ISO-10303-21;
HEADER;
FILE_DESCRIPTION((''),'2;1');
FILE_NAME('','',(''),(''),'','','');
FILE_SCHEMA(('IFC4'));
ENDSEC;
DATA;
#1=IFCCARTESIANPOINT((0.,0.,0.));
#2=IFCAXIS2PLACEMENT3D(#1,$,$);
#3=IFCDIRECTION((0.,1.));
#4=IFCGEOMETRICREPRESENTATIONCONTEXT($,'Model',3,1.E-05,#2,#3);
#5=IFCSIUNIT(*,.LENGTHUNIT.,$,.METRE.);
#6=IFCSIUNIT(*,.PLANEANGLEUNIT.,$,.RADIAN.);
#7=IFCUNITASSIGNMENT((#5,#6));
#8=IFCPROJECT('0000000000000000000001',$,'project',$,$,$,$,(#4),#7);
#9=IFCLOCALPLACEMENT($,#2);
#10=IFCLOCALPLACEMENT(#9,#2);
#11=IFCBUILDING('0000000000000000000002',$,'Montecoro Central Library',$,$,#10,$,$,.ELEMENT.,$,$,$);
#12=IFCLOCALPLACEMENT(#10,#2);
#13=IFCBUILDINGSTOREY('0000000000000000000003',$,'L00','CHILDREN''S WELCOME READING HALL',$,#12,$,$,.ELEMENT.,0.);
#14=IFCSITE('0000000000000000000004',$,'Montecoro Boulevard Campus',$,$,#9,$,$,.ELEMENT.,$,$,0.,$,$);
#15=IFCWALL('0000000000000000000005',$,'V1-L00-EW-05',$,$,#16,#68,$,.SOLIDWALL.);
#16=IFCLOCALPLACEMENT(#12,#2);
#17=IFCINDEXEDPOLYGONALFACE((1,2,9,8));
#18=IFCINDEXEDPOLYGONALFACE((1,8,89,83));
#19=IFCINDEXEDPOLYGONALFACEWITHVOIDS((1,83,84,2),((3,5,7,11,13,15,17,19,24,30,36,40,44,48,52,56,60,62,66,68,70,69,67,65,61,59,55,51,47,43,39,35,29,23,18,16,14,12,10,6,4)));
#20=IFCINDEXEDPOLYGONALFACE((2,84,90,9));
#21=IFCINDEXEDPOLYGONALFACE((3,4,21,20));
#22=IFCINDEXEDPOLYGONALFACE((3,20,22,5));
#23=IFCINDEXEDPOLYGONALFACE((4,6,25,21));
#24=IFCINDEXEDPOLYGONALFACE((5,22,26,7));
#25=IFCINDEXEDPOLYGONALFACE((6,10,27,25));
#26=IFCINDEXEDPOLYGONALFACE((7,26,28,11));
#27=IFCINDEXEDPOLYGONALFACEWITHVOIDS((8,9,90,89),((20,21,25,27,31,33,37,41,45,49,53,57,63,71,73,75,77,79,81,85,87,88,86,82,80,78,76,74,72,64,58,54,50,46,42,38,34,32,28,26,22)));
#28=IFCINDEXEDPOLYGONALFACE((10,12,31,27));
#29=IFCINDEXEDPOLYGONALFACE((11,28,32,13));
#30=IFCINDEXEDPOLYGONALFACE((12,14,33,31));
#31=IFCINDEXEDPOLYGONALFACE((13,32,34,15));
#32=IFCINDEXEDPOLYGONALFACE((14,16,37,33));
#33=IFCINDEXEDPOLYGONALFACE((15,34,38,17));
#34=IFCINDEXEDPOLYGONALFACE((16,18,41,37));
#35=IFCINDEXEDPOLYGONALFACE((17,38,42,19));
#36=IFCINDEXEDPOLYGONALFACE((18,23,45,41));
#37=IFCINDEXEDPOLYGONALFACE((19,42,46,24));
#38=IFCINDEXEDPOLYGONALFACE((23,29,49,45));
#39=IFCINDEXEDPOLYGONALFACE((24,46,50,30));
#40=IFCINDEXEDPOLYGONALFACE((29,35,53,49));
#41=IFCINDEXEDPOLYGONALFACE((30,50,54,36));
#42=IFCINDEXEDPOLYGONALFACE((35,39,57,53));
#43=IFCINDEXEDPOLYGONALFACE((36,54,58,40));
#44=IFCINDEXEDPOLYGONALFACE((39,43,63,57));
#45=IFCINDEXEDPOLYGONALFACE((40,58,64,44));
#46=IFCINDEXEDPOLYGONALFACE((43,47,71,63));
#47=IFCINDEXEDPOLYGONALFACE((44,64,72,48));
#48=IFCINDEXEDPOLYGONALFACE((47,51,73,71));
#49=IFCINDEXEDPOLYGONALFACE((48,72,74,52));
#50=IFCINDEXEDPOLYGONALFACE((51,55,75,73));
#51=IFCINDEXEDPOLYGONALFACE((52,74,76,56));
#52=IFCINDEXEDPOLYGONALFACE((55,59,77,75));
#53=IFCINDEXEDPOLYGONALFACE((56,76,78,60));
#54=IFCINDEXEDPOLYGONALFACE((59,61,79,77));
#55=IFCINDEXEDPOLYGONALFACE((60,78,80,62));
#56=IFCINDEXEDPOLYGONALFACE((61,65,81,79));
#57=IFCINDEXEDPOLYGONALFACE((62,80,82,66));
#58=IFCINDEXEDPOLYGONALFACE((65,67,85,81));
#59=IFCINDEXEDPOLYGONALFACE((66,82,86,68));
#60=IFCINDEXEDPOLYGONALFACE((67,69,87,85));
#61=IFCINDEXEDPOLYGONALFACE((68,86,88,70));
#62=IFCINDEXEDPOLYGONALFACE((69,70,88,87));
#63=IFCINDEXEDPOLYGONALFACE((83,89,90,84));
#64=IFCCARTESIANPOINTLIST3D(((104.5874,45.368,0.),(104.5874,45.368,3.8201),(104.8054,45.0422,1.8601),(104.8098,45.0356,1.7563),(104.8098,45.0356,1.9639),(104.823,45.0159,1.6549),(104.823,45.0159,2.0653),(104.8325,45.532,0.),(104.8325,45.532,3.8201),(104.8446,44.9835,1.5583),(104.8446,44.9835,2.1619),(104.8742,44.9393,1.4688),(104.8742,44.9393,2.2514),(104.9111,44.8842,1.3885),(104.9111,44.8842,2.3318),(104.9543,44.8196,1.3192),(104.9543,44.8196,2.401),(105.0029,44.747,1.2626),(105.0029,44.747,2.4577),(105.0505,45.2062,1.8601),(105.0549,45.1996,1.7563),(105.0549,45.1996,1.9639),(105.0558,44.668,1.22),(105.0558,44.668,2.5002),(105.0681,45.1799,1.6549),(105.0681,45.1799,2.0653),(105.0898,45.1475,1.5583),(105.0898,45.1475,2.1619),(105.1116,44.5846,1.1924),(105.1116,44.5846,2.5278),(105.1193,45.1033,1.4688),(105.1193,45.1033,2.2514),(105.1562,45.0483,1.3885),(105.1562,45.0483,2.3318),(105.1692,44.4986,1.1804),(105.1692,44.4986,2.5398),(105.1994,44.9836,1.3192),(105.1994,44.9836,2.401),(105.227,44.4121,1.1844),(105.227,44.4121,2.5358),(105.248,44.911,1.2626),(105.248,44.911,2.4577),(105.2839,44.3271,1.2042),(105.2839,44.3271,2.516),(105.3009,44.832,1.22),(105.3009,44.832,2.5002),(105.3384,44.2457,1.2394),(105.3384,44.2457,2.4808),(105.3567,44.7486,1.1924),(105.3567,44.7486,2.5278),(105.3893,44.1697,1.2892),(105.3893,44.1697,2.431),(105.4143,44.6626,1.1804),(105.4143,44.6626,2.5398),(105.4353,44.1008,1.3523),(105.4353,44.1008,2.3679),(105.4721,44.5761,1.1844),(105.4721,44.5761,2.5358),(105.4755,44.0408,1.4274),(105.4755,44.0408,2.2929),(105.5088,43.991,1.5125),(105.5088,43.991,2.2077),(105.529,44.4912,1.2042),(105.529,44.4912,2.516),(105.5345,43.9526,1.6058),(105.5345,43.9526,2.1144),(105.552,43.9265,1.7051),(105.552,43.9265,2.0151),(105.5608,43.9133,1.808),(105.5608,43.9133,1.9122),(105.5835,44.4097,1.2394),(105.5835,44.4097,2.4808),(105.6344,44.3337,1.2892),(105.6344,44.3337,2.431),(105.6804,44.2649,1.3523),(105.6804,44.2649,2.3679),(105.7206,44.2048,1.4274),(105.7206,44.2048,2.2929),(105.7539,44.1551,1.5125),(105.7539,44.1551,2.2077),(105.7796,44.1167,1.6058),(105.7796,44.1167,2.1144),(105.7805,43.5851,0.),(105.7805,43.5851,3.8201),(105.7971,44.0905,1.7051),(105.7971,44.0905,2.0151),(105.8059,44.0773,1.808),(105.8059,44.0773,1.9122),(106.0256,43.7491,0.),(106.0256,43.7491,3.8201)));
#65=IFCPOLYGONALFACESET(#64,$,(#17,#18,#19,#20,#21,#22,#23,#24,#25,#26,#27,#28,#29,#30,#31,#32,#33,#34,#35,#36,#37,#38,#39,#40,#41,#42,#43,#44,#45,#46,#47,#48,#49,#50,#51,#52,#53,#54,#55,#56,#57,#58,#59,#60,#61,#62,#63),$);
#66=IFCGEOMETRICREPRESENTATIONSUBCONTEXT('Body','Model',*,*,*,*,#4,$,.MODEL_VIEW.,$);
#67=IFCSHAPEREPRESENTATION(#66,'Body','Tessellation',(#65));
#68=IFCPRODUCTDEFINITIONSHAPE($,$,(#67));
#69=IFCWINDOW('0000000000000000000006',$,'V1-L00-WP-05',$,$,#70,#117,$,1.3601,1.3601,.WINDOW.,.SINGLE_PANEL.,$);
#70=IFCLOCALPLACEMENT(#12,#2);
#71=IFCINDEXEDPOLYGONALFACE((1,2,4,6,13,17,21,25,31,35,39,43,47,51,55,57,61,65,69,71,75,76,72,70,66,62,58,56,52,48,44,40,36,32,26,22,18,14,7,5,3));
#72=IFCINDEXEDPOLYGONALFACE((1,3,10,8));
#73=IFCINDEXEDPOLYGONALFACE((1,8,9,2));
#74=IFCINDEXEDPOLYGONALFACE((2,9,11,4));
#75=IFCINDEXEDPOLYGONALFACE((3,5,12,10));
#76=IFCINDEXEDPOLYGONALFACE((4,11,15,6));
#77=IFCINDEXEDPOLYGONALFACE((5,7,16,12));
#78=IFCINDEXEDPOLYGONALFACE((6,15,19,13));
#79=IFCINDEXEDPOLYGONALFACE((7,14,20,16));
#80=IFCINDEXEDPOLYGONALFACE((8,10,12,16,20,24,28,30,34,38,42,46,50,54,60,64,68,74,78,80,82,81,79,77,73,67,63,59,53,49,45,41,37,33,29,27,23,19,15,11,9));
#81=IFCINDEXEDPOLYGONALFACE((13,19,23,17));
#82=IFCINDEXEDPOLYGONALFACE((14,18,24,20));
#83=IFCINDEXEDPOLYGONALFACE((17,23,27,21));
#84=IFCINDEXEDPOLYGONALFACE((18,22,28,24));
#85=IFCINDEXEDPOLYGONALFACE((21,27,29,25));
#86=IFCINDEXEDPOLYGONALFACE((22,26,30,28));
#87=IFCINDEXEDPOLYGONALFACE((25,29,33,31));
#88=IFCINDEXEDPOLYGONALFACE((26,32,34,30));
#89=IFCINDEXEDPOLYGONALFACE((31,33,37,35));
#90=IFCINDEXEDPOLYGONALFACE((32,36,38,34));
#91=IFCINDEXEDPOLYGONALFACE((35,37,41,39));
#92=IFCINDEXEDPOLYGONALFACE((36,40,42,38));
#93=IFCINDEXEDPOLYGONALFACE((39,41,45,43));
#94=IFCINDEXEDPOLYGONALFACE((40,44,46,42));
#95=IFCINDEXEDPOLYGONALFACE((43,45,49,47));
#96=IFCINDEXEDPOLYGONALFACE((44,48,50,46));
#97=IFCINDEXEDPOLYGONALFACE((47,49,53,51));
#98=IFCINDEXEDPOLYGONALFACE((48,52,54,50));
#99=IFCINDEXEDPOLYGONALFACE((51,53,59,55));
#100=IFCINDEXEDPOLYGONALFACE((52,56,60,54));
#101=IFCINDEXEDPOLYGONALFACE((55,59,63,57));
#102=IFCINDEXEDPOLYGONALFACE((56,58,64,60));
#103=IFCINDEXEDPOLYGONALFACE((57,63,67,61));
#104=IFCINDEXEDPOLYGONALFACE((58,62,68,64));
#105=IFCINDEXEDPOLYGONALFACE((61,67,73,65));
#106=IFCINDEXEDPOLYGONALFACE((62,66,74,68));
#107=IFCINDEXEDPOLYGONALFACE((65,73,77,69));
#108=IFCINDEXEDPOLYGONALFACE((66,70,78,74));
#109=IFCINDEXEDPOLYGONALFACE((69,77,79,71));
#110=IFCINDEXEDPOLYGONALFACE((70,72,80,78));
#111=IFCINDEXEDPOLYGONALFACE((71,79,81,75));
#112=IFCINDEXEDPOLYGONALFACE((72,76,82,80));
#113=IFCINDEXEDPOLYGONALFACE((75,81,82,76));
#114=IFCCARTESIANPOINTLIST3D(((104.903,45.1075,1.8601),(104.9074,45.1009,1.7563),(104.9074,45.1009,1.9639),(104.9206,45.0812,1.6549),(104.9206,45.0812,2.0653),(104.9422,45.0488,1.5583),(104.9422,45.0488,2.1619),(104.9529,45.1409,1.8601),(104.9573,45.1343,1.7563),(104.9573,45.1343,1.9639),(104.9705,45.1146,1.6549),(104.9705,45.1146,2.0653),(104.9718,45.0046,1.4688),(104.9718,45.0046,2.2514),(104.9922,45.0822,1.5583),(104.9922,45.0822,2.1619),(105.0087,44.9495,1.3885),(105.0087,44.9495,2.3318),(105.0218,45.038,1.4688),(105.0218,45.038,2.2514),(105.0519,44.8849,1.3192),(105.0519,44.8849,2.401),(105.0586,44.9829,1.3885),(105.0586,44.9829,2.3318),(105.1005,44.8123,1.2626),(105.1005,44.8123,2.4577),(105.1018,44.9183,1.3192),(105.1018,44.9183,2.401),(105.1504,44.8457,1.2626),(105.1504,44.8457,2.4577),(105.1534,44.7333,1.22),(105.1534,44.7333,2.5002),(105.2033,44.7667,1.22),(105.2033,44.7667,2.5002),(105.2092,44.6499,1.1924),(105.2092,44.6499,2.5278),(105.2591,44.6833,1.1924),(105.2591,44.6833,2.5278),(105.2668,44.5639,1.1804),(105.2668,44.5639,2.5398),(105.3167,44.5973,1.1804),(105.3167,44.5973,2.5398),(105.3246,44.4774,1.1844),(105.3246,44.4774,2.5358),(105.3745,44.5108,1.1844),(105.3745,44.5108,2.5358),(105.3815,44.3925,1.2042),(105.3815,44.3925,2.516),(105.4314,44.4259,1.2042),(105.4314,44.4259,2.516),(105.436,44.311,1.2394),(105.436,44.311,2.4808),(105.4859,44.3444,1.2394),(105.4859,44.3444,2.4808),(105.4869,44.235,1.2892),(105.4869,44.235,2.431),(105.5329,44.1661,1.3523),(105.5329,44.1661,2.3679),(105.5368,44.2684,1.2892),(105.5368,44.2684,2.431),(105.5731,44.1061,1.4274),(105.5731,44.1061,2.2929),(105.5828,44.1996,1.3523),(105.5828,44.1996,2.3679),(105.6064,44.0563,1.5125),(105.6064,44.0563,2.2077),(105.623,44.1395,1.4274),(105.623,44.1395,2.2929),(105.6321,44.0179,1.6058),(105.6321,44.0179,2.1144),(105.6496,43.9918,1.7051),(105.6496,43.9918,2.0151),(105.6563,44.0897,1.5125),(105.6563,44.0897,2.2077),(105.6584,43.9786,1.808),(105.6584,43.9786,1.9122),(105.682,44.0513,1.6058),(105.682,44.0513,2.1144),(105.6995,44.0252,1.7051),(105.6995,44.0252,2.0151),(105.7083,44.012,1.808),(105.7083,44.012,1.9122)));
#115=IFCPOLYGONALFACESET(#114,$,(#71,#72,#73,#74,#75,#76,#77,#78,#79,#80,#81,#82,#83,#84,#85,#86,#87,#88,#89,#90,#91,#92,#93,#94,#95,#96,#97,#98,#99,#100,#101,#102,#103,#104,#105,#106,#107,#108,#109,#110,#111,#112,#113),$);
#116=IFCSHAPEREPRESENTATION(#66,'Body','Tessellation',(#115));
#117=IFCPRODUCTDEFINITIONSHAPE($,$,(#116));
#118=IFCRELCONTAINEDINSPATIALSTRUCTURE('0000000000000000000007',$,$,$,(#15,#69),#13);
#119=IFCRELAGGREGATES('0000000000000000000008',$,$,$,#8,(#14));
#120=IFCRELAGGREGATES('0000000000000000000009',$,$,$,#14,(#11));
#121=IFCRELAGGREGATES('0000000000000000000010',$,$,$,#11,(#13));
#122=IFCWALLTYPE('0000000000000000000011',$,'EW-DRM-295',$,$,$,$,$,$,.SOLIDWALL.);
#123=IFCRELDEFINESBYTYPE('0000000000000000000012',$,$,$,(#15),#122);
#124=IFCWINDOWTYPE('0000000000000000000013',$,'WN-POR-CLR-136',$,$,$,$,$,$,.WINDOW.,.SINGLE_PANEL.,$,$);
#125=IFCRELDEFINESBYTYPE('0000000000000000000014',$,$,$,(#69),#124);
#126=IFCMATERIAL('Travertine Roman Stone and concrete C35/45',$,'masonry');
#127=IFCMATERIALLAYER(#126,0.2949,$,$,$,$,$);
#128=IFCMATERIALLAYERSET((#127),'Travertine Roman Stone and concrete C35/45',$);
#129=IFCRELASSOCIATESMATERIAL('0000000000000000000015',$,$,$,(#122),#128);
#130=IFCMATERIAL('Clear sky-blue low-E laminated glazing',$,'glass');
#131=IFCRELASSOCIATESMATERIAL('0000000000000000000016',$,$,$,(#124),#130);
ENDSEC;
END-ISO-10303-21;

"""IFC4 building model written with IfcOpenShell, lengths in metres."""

from ifc_helpers import new_model, si_unit, direction, frame, frame_2d, origin, place, context, subcontext, project, spatial, rectangle, circle, extrude, material, layer, layer_set, type_object, element, fill, save


model = new_model("IFC4")

# Units and contexts
model_context = context("Model", 3, precision=1e-05, world=origin(), true_north=direction((0.0, 1.0)))
body_context = subcontext(model_context, "Body", "Model", "MODEL_VIEW")
ifc_project = project(units=[si_unit("LENGTHUNIT", "METRE"), si_unit("PLANEANGLEUNIT", "RADIAN")], contexts=[model_context])

# Site, building, storey
site_placement = place(None, origin())
site = spatial("IfcSite", under=ifc_project, at=site_placement, Name="Montecoro Boulevard Campus", CompositionType="ELEMENT", RefElevation=0.0)
building_placement = place(site_placement, origin())
building = spatial("IfcBuilding", under=site, at=building_placement, Name="Montecoro Central Library", CompositionType="ELEMENT")
storey_placement = place(building_placement, origin())
storey = spatial("IfcBuildingStorey", under=building, at=storey_placement, Name="L00", Description="CHILDREN'S WELCOME READING HALL", CompositionType="ELEMENT", Elevation=0.0)

# Wall, opening, window
ifc_material_1 = material(Name="Travertine Roman Stone and concrete C35/45", Category="masonry")
ifc_layer_1 = layer(ifc_material_1, 0.2949)
ifc_layer_set_1 = layer_set([ifc_layer_1], Name="Travertine Roman Stone and concrete C35/45")
wall_type = type_object("IfcWallType", Name="EW-DRM-295", PredefinedType="SOLIDWALL", material=ifc_layer_set_1)
wall_1_placement = place(storey_placement, frame((105.9031, 43.667, 0.0), z_axis=(0.0, 0.0, 1.0), x_axis=(-0.556144, 0.831086, 0.0)))
wall_1 = element("IfcWall", 1, at=wall_1_placement, inside=storey, type_object=wall_type, Name="V1-L00-EW-05", PredefinedType="SOLIDWALL", context=body_context, shape_type="SweptSolid", body=[
    extrude(rectangle(XDim=2.1453, YDim=0.2949, at=frame_2d((1.0728, 0.0))), origin(), (0.0, 0.0, 1.0), 3.8201),
])
opening_1_placement = place(wall_1_placement, frame((0.3931, 0.0, 1.1799)))
opening_1 = element("IfcOpeningElement", 2, at=opening_1_placement, cuts=wall_1, PredefinedType="OPENING", context=body_context, shape_type="SweptSolid", body=[
    extrude(circle(Radius=0.6802, at=frame_2d((0.6802, 0.6802))), frame((0.0, 0.1575, 0.0), z_axis=(0.0, -1.0, 0.0), x_axis=(1.0, 0.0, 0.0)), (0.0, 0.0, 1.0), 0.3149),
])
ifc_material_2 = material(Name="Clear sky-blue low-E laminated glazing", Category="glass")
window_type_1 = type_object("IfcWindowType", Name="WN-POR-CLR-136", PartitioningType="SINGLE_PANEL", PredefinedType="WINDOW", material=ifc_material_2)
window_1_placement = place(opening_1_placement, origin())
window_1 = element("IfcWindow", 3, at=window_1_placement, inside=storey, type_object=window_type_1, Name="V1-L00-WP-05", OverallHeight=1.3601, OverallWidth=1.3601, PartitioningType="SINGLE_PANEL", PredefinedType="WINDOW", context=body_context, shape_type="SweptSolid", body=[
    extrude(circle(Radius=0.6802, at=frame_2d((0.6802, 0.6802))), frame((0.0, 0.03, 0.0), z_axis=(0.0, -1.0, 0.0), x_axis=(1.0, 0.0, 0.0)), (0.0, 0.0, 1.0), 0.0601),
])
fill(opening_1, window_1)

save(model, "model.ifc")
